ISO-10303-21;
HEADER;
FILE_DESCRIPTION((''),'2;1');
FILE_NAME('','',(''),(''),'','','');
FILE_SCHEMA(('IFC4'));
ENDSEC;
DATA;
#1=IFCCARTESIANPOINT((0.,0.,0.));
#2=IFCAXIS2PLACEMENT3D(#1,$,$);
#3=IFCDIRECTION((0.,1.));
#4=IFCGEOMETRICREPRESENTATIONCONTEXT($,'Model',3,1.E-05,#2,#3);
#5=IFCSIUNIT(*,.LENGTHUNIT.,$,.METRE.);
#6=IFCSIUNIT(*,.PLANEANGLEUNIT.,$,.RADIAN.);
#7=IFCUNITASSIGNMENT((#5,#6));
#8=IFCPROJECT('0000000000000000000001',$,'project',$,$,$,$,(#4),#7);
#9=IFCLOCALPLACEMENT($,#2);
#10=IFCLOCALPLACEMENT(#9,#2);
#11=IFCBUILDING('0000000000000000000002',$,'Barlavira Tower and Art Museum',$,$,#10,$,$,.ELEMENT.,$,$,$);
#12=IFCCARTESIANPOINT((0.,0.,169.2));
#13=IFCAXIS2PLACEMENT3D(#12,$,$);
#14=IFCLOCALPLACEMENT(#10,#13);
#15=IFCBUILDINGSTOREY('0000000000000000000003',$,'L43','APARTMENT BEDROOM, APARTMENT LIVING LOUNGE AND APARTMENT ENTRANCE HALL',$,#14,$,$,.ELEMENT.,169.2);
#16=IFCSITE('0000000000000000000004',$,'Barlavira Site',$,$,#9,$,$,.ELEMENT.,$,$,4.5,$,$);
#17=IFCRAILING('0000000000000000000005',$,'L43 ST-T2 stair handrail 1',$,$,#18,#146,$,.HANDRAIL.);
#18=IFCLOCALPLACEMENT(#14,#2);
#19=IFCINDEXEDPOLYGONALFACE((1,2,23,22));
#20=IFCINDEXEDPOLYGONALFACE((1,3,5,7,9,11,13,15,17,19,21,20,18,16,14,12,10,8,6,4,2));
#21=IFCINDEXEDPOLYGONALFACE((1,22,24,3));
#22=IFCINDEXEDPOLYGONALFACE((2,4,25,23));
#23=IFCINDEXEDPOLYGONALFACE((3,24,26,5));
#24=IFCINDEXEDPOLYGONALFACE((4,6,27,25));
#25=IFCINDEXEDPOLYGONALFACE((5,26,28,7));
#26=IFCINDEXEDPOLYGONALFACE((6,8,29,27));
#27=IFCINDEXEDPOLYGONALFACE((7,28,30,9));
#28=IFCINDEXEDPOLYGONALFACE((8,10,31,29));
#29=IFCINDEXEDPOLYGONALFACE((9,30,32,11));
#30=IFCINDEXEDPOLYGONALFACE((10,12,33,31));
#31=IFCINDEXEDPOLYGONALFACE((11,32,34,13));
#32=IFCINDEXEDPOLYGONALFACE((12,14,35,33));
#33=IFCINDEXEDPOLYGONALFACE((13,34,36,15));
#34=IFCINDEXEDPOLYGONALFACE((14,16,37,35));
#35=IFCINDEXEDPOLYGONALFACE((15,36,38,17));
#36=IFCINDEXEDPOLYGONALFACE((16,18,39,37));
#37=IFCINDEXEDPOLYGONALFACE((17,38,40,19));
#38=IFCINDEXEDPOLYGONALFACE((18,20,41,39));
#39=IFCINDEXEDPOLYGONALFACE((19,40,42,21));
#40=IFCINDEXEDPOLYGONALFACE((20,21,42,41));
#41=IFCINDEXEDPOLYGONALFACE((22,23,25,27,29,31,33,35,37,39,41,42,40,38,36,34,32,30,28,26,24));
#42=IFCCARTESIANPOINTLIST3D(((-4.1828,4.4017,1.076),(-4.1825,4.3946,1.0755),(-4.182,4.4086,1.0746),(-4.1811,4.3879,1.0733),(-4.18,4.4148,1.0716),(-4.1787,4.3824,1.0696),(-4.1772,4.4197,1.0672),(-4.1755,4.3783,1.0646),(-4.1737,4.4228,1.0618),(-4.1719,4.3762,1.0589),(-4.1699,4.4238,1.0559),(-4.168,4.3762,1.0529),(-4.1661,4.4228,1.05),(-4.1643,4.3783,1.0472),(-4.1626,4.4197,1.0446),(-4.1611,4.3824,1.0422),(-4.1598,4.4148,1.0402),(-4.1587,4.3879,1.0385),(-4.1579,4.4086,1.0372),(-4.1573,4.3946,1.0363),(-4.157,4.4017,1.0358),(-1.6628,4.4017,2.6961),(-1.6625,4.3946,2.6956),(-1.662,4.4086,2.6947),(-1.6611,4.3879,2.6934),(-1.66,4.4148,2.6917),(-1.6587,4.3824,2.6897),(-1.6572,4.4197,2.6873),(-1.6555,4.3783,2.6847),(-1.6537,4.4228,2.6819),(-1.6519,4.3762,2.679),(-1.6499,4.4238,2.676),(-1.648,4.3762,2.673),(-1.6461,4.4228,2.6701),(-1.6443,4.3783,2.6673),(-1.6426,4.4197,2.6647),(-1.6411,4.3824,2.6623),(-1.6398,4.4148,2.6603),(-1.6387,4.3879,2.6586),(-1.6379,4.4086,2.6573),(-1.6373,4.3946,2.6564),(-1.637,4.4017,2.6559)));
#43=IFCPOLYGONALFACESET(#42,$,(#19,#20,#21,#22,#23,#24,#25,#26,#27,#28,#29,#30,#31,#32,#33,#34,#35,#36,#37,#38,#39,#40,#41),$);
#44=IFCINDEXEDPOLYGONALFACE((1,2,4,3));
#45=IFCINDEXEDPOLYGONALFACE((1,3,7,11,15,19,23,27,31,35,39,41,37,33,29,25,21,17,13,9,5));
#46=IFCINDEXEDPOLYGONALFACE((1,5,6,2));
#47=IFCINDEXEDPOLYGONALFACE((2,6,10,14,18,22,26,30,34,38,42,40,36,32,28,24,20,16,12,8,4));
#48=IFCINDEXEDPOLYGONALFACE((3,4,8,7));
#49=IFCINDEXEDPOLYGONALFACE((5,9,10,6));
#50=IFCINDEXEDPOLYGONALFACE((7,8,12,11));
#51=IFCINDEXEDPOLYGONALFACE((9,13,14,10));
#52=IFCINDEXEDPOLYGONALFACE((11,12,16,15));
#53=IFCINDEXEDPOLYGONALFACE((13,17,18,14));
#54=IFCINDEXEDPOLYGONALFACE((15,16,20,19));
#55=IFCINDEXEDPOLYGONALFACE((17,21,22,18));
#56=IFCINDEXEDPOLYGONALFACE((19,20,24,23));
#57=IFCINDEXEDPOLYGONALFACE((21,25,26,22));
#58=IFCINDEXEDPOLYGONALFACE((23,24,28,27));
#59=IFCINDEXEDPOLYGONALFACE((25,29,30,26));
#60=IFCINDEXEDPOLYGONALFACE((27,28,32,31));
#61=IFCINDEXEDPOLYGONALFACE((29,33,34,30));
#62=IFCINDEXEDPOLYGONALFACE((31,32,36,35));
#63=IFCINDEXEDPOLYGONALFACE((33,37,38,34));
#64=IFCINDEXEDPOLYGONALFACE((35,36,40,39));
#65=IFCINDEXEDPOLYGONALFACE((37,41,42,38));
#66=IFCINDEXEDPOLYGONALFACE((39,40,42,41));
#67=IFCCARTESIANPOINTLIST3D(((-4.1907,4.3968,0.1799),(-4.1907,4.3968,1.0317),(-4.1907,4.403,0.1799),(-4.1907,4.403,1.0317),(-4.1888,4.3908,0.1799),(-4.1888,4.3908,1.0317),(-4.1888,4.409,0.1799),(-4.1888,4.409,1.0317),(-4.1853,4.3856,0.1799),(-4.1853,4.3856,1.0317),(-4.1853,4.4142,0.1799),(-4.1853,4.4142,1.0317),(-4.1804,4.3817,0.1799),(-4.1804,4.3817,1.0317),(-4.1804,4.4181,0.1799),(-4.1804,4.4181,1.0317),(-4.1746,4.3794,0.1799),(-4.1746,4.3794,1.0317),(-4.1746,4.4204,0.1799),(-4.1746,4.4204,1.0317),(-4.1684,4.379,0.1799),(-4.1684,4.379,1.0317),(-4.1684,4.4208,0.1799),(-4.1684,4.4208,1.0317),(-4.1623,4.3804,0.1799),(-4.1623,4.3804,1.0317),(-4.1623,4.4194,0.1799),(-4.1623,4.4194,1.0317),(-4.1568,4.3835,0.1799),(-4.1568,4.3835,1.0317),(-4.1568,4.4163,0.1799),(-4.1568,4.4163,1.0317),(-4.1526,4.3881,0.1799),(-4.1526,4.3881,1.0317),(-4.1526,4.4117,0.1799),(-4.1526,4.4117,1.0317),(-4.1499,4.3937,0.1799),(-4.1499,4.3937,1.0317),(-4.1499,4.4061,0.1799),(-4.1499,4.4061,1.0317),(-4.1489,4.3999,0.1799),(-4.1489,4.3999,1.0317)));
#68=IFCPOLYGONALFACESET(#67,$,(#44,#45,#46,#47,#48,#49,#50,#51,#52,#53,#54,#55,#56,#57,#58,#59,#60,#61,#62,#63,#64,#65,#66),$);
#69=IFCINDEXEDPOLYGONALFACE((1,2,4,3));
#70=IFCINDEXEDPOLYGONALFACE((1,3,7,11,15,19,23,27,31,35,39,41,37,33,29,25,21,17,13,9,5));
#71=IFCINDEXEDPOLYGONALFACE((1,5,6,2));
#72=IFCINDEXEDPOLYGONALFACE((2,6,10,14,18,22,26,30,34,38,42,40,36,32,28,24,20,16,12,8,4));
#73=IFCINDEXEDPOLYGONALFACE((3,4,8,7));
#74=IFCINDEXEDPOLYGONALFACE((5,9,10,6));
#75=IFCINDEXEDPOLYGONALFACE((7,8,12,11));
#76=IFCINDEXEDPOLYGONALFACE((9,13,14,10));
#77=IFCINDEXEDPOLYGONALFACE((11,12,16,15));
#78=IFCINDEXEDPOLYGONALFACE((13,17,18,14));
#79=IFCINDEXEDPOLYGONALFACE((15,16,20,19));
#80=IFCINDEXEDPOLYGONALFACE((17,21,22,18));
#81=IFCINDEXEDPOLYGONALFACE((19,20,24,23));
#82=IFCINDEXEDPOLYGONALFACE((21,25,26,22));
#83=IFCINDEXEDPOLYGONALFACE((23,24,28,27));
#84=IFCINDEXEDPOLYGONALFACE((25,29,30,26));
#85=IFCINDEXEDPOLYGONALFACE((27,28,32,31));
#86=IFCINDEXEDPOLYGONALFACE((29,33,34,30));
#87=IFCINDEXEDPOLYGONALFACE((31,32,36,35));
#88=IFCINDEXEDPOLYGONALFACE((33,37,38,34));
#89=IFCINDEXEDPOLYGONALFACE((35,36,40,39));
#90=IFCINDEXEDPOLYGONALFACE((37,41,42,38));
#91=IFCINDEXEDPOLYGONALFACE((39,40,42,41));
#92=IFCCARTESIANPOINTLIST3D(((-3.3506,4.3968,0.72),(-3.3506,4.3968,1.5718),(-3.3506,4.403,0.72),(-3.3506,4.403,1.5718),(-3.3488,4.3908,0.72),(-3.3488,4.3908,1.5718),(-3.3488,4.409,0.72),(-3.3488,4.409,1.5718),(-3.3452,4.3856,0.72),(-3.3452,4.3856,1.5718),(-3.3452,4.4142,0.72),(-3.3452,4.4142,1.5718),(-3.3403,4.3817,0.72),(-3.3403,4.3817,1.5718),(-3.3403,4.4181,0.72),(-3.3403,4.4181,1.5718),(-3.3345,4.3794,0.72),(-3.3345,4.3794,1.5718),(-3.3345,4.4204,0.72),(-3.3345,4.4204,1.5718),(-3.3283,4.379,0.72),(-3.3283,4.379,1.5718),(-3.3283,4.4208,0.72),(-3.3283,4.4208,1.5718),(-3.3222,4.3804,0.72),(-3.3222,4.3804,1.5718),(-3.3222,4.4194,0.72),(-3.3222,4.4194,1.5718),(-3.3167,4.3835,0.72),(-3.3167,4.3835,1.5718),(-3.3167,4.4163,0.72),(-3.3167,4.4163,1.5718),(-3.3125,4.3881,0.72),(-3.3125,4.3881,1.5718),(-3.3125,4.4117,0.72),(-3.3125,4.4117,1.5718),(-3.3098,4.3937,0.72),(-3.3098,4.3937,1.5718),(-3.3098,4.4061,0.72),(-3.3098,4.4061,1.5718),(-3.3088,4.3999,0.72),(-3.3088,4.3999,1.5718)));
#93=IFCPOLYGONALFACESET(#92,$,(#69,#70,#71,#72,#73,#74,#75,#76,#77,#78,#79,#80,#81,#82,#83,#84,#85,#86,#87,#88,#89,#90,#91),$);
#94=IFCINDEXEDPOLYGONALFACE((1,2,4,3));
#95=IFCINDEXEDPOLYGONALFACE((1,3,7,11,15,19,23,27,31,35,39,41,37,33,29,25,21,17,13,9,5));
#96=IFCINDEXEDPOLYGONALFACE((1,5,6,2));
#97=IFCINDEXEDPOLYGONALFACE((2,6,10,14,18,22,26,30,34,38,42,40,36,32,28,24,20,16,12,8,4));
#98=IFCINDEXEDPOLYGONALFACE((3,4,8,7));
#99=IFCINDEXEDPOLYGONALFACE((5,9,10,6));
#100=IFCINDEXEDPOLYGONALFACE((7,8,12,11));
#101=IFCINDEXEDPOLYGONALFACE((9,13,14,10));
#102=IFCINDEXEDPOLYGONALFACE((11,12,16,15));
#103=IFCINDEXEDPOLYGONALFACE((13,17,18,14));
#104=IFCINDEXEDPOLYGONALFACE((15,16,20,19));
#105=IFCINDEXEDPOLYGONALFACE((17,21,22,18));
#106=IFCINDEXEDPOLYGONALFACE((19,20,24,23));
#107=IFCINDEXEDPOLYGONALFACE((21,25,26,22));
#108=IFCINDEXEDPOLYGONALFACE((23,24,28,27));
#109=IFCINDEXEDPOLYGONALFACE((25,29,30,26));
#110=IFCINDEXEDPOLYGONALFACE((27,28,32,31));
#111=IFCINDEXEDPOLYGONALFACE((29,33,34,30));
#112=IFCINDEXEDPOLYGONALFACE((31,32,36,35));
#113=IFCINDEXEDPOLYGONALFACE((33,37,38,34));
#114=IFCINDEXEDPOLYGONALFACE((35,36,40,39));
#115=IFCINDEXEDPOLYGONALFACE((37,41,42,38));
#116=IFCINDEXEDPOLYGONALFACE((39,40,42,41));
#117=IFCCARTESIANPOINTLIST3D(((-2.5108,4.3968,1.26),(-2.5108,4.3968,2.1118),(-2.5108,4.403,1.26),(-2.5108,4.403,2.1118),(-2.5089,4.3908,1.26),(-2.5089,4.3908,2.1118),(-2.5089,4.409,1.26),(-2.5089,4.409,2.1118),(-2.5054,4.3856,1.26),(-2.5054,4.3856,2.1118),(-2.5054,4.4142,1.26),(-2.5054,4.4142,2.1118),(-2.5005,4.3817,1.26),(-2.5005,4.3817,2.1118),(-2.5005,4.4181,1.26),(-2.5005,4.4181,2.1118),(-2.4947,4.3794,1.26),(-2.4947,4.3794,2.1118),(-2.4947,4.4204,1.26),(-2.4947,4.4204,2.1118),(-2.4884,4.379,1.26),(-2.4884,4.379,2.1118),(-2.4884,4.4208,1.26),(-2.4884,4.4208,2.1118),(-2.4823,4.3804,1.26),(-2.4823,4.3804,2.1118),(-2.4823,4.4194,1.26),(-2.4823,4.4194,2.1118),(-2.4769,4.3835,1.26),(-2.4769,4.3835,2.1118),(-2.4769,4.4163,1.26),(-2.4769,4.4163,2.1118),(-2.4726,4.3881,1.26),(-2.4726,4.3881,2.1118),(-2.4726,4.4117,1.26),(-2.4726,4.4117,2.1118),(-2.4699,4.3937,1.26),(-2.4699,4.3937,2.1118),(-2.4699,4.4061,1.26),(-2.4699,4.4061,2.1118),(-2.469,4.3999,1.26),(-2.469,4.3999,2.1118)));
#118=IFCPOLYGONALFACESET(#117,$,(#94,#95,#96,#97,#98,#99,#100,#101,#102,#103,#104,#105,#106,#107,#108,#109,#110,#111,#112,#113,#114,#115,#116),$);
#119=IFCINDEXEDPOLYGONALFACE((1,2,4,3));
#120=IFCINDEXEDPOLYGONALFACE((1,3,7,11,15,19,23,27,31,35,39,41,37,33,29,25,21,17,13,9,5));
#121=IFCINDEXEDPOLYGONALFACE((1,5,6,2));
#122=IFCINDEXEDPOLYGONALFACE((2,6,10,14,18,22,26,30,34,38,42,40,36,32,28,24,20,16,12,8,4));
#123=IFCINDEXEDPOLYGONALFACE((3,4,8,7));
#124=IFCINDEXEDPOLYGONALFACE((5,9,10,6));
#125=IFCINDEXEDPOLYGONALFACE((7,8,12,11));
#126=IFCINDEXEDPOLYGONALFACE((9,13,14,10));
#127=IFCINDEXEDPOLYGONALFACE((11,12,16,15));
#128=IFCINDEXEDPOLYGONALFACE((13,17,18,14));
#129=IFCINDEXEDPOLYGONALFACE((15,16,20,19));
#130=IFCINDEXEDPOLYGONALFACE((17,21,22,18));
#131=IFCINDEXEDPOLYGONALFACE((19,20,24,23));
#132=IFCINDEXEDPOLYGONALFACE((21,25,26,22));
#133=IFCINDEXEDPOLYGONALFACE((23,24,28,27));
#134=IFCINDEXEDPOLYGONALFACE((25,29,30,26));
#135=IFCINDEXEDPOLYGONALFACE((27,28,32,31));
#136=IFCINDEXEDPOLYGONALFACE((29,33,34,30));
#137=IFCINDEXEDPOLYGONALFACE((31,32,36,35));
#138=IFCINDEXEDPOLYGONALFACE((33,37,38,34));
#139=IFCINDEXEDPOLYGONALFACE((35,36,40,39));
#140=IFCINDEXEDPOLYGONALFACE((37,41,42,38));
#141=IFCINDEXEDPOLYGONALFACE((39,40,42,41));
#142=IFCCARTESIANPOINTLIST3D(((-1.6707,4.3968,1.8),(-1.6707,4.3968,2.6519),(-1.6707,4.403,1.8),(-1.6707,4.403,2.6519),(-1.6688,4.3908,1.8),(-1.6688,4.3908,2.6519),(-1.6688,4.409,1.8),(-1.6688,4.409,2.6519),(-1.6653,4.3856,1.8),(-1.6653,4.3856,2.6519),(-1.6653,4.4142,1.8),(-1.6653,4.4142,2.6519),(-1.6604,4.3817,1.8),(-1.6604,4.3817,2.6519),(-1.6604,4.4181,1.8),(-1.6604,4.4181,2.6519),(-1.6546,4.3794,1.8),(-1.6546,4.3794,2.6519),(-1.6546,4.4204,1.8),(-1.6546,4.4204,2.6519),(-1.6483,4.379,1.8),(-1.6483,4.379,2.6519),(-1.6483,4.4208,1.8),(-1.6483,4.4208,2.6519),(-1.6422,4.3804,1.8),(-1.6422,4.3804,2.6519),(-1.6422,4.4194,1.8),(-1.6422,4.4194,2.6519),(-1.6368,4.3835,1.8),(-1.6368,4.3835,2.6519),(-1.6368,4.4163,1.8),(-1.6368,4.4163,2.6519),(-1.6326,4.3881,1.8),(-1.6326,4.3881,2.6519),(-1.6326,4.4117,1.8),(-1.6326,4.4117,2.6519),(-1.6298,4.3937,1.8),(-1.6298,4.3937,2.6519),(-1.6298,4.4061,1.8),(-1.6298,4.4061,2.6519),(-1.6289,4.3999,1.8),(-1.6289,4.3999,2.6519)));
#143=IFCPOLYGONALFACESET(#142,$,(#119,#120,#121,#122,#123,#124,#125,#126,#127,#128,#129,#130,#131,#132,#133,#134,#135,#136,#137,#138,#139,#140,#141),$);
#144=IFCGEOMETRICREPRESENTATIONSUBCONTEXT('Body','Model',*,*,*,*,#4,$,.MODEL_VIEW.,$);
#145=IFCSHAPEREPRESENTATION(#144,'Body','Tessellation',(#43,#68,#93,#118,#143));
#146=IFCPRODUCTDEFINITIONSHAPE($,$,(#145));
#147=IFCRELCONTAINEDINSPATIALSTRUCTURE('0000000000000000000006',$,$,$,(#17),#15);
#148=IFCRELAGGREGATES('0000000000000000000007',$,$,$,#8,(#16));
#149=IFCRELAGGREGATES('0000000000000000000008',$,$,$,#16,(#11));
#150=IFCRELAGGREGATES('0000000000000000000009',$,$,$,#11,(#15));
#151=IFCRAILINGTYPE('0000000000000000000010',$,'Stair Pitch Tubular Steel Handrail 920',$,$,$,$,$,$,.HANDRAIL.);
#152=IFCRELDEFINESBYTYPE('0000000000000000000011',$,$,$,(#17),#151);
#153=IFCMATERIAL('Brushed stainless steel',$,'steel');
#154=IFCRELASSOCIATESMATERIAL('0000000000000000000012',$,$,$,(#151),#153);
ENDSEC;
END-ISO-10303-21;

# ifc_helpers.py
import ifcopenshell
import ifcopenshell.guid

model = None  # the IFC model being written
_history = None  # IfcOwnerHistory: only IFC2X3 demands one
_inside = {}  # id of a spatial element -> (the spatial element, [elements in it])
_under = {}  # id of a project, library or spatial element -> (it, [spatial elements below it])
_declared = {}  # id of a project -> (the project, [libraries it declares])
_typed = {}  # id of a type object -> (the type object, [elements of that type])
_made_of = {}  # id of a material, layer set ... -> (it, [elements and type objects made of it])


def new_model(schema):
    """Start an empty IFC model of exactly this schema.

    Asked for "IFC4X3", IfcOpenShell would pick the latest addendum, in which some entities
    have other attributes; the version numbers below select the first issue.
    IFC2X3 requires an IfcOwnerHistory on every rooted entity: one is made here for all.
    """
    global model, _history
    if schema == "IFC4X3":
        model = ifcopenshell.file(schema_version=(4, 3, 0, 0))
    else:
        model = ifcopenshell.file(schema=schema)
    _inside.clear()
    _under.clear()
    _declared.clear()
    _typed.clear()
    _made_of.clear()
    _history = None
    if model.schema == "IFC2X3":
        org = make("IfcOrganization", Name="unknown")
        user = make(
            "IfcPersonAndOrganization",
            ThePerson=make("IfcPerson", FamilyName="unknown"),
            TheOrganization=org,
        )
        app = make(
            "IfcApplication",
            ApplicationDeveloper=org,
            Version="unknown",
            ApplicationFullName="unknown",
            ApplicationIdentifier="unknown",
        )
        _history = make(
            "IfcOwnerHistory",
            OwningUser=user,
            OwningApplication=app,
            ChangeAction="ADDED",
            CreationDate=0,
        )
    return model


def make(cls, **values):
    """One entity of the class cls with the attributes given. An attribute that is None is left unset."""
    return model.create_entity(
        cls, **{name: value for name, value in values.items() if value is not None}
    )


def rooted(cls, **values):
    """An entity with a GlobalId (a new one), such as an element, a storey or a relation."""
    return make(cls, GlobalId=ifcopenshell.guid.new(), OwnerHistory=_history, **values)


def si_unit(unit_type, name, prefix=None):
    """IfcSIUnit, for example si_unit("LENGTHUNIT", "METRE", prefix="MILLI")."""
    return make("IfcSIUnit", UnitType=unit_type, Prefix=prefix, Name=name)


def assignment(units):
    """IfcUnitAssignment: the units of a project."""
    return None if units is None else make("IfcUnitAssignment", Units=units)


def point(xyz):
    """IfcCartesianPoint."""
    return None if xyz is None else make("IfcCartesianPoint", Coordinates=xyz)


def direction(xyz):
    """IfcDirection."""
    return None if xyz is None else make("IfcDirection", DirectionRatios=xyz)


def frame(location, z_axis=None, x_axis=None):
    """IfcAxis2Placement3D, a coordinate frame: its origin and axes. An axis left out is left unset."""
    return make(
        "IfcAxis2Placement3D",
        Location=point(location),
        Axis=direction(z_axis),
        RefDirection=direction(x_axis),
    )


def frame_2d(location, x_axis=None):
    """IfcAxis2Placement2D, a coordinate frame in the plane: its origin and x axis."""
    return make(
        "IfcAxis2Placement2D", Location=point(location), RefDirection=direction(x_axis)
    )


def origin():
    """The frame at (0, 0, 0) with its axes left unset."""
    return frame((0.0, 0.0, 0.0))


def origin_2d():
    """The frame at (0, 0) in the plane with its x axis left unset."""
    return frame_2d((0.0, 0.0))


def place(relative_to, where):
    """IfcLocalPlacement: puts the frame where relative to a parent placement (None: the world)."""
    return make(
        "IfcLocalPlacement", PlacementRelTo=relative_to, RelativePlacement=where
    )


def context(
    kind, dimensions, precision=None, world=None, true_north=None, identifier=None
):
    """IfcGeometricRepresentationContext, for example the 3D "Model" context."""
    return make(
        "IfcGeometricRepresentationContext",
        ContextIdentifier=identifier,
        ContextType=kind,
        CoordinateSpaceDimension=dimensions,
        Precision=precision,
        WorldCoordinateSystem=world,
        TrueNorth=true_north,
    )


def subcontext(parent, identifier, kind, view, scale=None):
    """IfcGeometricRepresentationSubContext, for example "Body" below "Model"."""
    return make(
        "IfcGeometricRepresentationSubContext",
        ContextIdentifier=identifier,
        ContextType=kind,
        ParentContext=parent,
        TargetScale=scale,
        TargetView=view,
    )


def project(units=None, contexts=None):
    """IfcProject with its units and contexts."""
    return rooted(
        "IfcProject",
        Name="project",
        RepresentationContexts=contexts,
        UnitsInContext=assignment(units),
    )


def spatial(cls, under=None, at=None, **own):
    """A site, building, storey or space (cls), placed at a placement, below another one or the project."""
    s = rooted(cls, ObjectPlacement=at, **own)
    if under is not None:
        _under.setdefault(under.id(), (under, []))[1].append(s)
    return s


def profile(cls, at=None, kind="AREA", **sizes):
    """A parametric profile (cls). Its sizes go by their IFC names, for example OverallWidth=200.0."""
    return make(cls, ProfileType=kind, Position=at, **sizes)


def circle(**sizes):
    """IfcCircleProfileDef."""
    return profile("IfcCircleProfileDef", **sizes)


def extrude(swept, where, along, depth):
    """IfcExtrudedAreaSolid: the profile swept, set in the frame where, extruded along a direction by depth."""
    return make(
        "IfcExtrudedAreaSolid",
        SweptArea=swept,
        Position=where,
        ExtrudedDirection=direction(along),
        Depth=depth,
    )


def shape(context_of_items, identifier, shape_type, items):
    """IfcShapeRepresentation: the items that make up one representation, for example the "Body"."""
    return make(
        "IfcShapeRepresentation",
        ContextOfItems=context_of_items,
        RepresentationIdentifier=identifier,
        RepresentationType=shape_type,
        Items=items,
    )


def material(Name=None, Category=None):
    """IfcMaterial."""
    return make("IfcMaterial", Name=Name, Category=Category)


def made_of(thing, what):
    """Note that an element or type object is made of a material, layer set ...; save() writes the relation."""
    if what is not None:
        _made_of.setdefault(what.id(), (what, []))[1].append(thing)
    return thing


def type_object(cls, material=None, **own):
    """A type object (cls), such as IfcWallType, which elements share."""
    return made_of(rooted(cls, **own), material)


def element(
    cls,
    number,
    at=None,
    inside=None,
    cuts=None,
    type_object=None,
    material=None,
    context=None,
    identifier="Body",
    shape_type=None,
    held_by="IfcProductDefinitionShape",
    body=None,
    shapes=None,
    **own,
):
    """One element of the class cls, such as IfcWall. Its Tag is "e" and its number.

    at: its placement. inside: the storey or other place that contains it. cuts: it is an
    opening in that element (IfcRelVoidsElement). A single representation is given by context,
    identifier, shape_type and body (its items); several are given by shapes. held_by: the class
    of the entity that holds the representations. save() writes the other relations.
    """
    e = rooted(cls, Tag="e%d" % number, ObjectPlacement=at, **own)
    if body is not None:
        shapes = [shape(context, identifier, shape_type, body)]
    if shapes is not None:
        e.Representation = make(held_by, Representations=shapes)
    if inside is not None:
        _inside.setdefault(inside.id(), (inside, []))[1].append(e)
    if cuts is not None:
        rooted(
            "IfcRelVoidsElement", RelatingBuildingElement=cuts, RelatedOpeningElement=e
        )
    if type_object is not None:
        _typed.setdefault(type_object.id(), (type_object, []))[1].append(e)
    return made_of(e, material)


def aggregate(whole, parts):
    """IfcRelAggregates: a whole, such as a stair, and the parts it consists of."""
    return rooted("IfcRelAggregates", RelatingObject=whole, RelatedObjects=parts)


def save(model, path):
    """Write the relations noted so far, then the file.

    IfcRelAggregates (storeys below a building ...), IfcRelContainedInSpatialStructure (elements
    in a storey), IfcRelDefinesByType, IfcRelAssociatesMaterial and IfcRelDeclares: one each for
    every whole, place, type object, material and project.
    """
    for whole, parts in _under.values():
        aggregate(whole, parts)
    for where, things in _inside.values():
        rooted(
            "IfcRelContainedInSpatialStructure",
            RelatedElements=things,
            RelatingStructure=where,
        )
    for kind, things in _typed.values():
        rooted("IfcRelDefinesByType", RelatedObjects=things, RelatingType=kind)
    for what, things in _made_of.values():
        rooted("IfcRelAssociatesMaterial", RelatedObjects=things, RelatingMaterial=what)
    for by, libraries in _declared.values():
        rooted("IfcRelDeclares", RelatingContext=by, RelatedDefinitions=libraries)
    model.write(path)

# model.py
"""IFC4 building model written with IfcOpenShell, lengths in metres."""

from ifc_helpers import new_model, si_unit, direction, frame, origin, origin_2d, place, context, subcontext, project, spatial, circle, extrude, material, type_object, element, save


model = new_model("IFC4")

# Units and contexts
model_context = context("Model", 3, precision=1e-05, world=origin(), true_north=direction((0.0, 1.0)))
body_context = subcontext(model_context, "Body", "Model", "MODEL_VIEW")
ifc_project = project(units=[si_unit("LENGTHUNIT", "METRE"), si_unit("PLANEANGLEUNIT", "RADIAN")], contexts=[model_context])

# Site, building, storey
site_placement = place(None, origin())
site = spatial("IfcSite", under=ifc_project, at=site_placement, Name="Barlavira Site", CompositionType="ELEMENT", RefElevation=4.5)
building_placement = place(site_placement, origin())
building = spatial("IfcBuilding", under=site, at=building_placement, Name="Barlavira Tower and Art Museum", CompositionType="ELEMENT")
storey_placement = place(building_placement, frame((0.0, 0.0, 169.2)))
storey = spatial("IfcBuildingStorey", under=building, at=storey_placement, Name="L43", Description="APARTMENT BEDROOM, APARTMENT LIVING LOUNGE AND APARTMENT ENTRANCE HALL", CompositionType="ELEMENT", Elevation=169.2)

# Shared definitions
ifc_material_1 = material(Name="Brushed stainless steel", Category="steel")

# Railing
railing_type_1 = type_object("IfcRailingType", Name="Stair Pitch Tubular Steel Handrail 920", PredefinedType="HANDRAIL", material=ifc_material_1)
railing_1_placement = place(storey_placement, frame((-4.1699, 4.3999, 0.1799)))
element("IfcRailing", 1, at=railing_1_placement, inside=storey, type_object=railing_type_1, Name="L43 ST-T2 stair handrail 1", PredefinedType="HANDRAIL", context=body_context, shape_type="SweptSolid", body=[
    extrude(circle(Radius=0.0239, at=origin_2d()), frame((0.0, 0.0, 0.876), z_axis=(0.841163, 0.0, 0.540782), x_axis=(0.0, 1.0, 0.0)), (0.0, 0.0, 1.0), 2.9958),
    extrude(circle(Radius=0.021, at=origin_2d()), origin(), (0.0, 0.0, 1.0), 0.8518),
    extrude(circle(Radius=0.021, at=origin_2d()), frame((0.8401, 0.0, 0.54)), (0.0, 0.0, 1.0), 0.8518),
    extrude(circle(Radius=0.021, at=origin_2d()), frame((1.6799, 0.0, 1.0801)), (0.0, 0.0, 1.0), 0.8518),
    extrude(circle(Radius=0.021, at=origin_2d()), frame((2.52, 0.0, 1.6201)), (0.0, 0.0, 1.0), 0.8518),
])

save(model, "model.ifc")
